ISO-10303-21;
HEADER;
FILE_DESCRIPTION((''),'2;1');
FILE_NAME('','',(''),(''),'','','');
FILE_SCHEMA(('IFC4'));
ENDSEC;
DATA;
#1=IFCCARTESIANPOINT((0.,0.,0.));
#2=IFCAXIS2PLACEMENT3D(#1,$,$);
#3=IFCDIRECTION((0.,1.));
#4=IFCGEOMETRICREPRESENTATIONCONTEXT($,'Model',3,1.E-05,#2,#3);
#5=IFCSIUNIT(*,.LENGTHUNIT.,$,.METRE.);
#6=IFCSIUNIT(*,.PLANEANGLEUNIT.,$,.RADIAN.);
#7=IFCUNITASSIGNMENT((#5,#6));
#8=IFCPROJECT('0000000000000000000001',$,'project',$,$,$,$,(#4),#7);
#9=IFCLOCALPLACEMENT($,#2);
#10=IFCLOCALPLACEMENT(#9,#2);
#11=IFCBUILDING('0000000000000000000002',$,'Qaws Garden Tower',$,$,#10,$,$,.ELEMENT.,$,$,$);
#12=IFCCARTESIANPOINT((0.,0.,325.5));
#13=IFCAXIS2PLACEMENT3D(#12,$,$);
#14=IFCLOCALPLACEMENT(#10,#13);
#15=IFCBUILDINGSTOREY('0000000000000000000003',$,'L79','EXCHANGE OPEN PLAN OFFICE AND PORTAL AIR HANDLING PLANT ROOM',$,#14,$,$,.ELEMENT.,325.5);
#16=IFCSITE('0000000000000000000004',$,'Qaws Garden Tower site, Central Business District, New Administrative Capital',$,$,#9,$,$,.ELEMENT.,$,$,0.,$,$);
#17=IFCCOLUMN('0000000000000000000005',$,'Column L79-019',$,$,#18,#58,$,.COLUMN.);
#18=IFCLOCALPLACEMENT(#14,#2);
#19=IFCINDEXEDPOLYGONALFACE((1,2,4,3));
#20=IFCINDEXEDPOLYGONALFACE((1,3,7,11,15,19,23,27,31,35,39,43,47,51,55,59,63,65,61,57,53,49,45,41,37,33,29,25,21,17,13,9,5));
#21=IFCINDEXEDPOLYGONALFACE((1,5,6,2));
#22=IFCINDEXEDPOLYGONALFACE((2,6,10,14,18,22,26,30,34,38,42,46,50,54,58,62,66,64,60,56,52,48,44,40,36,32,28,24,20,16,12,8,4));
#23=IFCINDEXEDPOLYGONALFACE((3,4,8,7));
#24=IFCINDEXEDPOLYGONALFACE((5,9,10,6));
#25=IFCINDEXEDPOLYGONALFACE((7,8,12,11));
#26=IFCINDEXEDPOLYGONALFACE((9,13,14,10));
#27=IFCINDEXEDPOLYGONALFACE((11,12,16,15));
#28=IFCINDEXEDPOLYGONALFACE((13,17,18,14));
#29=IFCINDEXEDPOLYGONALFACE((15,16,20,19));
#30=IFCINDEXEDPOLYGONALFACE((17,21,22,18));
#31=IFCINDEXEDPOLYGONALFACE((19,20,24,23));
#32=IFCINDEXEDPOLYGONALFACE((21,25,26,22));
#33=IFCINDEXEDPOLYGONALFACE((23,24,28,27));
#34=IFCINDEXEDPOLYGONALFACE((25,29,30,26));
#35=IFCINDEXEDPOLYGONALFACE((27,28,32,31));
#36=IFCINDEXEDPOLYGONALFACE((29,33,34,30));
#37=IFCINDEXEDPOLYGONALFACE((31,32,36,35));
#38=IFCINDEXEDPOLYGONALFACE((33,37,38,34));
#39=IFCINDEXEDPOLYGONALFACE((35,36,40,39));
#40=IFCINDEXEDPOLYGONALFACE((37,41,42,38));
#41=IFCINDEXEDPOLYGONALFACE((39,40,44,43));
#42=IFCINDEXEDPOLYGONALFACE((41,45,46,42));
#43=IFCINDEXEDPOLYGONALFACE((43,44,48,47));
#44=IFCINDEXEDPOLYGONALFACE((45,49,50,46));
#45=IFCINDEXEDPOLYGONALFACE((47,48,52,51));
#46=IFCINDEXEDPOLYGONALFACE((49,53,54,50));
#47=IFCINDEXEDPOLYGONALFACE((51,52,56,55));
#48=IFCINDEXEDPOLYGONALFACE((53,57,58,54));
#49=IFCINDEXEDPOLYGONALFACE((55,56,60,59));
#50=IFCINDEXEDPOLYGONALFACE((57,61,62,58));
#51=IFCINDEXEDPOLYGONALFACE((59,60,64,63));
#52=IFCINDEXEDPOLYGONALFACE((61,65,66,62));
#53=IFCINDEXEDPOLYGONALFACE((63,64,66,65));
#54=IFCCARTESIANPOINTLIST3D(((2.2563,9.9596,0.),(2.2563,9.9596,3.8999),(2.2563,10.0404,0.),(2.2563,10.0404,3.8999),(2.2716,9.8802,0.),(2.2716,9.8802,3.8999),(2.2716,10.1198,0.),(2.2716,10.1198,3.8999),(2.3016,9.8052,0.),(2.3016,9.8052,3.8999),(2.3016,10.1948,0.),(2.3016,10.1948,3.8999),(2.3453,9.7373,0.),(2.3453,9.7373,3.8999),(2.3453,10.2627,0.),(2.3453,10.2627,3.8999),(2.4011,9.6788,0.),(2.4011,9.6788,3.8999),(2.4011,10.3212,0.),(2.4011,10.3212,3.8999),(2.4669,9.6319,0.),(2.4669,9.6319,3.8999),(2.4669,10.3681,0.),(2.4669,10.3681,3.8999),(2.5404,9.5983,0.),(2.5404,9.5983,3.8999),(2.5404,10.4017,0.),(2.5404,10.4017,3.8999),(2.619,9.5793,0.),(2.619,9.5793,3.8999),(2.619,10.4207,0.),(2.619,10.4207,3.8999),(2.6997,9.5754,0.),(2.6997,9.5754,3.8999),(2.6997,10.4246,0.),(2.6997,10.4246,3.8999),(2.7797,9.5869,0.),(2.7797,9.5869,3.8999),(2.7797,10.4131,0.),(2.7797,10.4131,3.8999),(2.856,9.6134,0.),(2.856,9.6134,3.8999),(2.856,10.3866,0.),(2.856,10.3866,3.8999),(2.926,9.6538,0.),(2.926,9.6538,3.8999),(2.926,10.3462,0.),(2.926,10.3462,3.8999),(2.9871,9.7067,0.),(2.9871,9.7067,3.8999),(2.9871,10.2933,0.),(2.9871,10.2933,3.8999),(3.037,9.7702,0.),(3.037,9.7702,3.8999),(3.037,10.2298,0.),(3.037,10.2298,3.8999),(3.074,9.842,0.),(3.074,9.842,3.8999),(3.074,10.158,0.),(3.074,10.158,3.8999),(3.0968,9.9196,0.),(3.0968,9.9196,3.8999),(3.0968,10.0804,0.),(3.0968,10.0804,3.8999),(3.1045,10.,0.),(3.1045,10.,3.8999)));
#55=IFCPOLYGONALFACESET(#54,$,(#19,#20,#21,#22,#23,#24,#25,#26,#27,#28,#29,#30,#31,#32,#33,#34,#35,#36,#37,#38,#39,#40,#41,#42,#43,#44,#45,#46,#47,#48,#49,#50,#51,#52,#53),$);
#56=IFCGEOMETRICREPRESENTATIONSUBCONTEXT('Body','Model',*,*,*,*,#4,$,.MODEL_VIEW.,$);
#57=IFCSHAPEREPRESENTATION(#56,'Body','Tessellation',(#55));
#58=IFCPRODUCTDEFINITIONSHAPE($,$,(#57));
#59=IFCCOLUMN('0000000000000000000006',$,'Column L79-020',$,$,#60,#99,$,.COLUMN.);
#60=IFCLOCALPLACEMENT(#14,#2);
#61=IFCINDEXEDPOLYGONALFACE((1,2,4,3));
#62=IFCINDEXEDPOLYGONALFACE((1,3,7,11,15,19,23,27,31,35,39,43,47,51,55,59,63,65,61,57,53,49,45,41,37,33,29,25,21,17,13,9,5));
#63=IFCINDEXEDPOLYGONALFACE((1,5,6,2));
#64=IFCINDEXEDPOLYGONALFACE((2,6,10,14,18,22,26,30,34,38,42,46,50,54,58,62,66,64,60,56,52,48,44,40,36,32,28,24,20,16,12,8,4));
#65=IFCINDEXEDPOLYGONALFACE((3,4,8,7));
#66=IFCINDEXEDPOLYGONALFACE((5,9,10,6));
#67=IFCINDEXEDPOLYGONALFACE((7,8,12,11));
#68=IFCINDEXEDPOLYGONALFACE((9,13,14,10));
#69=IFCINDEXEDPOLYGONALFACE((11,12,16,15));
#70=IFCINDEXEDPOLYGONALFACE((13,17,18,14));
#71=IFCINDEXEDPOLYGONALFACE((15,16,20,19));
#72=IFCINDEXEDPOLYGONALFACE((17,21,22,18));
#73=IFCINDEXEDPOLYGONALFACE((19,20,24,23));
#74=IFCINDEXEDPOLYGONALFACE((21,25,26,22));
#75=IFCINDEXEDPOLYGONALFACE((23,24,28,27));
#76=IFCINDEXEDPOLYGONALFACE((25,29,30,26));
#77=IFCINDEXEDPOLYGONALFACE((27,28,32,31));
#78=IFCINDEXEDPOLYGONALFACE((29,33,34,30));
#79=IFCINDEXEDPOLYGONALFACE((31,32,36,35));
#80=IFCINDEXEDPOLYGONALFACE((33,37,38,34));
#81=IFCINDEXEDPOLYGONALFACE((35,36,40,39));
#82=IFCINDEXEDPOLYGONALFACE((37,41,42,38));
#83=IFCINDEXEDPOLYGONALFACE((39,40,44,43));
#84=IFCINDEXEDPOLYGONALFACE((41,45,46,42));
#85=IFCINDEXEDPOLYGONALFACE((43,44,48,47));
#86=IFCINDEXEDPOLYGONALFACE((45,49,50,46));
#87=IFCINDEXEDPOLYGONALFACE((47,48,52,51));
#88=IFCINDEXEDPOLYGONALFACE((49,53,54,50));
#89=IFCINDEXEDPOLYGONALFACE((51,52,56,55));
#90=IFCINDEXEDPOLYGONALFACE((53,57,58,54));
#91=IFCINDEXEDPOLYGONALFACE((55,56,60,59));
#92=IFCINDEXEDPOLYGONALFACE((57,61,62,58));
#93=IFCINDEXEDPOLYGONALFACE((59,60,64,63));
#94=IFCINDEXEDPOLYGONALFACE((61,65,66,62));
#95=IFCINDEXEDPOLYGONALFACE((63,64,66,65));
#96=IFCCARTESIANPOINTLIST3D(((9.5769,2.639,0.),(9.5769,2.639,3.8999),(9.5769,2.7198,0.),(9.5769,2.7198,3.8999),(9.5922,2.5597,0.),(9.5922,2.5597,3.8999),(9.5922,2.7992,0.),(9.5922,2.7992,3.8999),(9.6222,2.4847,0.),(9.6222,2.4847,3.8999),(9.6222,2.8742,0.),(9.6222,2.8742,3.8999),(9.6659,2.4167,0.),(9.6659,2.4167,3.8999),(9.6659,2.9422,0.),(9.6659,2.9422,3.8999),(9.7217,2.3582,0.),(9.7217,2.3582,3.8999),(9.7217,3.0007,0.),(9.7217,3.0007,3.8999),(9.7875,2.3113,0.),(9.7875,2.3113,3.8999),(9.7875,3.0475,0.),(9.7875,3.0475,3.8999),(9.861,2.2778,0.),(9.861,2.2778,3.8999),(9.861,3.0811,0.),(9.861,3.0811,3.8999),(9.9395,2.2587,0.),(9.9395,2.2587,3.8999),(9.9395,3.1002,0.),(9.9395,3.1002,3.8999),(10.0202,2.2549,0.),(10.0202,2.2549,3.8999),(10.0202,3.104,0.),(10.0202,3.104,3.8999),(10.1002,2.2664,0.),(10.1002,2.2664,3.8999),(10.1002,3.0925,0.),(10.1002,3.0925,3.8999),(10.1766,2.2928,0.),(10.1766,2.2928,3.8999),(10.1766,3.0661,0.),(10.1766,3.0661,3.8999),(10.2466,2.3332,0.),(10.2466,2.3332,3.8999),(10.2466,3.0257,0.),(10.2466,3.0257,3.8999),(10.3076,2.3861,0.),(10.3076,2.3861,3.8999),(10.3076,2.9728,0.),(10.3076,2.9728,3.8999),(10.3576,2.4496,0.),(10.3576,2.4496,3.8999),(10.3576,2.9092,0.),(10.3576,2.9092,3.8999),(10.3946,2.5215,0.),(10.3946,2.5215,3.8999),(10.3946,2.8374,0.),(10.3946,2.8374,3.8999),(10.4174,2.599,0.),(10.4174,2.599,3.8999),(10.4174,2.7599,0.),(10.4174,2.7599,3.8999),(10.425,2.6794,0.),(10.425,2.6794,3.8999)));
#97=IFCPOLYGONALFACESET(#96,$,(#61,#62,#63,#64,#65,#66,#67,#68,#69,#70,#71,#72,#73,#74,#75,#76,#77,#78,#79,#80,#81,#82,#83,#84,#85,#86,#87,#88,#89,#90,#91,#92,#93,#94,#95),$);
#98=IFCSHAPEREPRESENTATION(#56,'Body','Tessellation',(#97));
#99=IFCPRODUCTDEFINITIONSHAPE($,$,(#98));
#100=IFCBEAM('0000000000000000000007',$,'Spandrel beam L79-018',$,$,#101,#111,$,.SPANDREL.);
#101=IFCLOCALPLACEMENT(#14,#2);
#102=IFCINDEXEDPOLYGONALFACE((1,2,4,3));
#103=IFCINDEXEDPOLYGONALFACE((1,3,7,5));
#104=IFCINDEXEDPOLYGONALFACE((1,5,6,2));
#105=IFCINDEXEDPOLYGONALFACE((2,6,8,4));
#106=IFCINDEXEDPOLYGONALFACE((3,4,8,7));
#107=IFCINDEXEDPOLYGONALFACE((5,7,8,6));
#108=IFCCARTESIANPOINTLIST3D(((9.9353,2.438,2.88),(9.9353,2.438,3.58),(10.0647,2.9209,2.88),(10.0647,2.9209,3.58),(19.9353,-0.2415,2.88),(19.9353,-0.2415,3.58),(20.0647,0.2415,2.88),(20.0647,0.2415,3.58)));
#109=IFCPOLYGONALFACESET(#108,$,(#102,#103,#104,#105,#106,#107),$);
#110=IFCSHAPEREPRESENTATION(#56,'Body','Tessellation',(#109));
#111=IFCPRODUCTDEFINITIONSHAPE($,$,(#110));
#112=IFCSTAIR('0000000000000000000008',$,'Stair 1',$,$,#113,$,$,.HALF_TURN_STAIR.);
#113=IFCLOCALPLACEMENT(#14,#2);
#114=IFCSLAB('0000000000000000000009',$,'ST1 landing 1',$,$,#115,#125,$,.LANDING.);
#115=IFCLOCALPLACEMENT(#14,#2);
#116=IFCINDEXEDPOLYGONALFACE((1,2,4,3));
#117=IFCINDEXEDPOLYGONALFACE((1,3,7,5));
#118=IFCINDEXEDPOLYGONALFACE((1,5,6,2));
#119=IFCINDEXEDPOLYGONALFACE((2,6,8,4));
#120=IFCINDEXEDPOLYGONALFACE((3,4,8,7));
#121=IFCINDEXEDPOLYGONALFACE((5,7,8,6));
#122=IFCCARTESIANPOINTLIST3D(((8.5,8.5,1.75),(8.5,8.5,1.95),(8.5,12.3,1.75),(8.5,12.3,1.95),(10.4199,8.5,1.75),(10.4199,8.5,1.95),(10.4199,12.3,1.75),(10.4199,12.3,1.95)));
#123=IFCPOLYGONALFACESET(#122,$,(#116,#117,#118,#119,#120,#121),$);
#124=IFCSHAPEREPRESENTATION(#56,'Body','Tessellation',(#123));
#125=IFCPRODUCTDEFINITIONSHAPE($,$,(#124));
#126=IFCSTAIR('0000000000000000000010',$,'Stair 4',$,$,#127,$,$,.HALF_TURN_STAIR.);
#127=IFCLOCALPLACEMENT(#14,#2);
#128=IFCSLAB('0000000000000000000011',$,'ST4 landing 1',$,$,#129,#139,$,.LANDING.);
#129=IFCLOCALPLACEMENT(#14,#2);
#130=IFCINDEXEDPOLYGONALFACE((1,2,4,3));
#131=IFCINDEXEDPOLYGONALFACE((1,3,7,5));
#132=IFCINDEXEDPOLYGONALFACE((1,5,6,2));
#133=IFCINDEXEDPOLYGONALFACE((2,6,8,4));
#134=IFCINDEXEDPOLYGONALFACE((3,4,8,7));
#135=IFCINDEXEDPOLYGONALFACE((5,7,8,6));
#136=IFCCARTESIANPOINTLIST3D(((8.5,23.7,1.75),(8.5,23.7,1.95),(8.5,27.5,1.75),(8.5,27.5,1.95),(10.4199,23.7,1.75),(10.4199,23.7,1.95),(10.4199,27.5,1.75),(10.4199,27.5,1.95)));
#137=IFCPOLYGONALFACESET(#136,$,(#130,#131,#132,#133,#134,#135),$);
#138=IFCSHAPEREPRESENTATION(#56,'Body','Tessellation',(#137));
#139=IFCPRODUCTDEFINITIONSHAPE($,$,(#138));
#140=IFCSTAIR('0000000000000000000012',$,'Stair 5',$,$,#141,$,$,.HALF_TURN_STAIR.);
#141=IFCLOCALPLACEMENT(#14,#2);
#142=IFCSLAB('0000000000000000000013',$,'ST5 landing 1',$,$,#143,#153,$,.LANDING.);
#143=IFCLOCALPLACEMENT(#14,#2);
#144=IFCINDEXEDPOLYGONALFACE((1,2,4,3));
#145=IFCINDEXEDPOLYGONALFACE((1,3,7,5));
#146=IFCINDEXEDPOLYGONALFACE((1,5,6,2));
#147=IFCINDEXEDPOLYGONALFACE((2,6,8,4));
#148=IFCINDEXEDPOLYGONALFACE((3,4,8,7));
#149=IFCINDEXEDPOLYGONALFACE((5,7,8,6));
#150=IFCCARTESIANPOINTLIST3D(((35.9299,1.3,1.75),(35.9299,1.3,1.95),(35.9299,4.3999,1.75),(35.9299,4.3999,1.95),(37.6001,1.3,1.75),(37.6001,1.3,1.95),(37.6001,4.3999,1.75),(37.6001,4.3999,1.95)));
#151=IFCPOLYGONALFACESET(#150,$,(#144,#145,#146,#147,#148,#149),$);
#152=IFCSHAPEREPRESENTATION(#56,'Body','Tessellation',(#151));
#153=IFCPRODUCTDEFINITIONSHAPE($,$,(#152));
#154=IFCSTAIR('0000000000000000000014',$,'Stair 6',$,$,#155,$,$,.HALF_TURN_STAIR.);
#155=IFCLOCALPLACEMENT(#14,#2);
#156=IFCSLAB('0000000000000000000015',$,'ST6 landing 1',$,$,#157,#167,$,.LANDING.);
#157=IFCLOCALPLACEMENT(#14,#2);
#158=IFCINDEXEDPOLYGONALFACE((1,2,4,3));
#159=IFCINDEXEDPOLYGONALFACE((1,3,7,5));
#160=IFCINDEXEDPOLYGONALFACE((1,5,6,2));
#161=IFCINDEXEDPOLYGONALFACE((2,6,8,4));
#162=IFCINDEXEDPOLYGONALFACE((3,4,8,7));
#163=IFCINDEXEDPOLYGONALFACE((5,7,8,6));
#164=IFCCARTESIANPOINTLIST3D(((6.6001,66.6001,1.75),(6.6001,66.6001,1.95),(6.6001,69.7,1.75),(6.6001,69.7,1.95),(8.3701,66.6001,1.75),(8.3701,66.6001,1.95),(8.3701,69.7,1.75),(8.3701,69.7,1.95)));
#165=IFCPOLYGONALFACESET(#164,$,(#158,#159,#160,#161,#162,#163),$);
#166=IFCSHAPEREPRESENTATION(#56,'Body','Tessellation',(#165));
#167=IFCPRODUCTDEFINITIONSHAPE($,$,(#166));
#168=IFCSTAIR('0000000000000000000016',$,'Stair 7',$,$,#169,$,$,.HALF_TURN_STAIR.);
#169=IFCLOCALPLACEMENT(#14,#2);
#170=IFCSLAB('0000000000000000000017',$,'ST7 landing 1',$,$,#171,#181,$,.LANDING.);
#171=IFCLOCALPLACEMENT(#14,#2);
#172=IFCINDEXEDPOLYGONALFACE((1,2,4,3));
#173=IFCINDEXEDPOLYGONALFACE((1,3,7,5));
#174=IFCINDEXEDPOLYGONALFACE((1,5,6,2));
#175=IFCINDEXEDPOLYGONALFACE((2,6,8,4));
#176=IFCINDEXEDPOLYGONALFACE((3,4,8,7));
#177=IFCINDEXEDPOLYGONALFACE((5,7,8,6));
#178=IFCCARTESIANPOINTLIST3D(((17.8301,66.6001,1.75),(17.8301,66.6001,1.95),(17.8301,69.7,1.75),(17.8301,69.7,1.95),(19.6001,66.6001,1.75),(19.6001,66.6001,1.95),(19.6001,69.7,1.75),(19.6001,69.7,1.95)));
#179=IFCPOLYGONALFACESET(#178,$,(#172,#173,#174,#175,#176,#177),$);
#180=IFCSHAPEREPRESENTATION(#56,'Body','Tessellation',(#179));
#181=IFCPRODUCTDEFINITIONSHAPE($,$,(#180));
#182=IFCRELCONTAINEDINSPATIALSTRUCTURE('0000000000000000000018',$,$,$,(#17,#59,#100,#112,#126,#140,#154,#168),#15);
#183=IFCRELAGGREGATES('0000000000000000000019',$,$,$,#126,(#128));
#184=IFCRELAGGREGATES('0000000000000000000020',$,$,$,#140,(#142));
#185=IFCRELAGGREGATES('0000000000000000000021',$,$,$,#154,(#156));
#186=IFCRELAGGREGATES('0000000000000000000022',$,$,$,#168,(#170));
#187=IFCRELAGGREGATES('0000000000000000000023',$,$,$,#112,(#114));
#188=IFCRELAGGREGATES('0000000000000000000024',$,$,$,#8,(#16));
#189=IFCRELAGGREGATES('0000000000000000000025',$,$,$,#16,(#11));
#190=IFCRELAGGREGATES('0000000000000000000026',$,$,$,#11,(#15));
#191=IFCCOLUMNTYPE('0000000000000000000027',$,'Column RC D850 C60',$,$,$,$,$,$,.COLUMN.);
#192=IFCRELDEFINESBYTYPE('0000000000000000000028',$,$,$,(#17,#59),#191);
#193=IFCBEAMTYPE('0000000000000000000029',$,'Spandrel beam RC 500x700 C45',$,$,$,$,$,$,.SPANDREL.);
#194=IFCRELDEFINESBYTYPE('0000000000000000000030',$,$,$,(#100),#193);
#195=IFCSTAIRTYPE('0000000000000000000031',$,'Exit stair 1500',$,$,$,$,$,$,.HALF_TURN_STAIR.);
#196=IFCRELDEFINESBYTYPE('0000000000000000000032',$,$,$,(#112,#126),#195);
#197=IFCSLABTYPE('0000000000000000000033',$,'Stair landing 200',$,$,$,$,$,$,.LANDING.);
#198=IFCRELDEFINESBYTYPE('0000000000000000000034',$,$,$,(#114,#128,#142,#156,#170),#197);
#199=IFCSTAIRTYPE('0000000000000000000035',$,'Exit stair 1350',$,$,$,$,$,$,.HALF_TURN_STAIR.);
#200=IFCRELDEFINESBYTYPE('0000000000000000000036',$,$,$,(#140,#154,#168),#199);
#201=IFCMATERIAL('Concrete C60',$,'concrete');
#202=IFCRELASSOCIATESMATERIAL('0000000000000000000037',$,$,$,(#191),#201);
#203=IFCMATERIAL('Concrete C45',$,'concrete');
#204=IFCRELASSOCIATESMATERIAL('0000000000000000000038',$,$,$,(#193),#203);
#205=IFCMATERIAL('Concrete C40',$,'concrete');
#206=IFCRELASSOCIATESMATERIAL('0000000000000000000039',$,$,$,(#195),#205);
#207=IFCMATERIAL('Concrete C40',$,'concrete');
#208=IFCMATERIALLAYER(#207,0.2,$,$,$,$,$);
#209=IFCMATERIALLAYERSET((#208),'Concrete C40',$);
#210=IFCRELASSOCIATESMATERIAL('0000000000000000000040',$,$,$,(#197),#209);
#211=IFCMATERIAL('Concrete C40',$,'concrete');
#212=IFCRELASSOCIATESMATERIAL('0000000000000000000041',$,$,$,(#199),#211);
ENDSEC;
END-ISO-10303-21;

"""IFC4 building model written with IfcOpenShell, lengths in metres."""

from ifc_helpers import new_model, si_unit, direction, frame, origin, origin_2d, place, context, subcontext, project, spatial, polyline, rectangle, circle, outline, extrude, material, layer, layer_set, material_profile, profile_set, type_object, element, aggregate, save


model = new_model("IFC4")

# Units and contexts
model_context = context("Model", 3, precision=1e-05, world=origin(), true_north=direction((0.0, 1.0)))
body_context = subcontext(model_context, "Body", "Model", "MODEL_VIEW")
ifc_project = project(units=[si_unit("LENGTHUNIT", "METRE"), si_unit("PLANEANGLEUNIT", "RADIAN")], contexts=[model_context])

# Site, building, storey
site_placement = place(None, origin())
site = spatial("IfcSite", under=ifc_project, at=site_placement, Name="Qaws Garden Tower site, Central Business District, New Administrative Capital", CompositionType="ELEMENT", RefElevation=0.0)
building_placement = place(site_placement, origin())
building = spatial("IfcBuilding", under=site, at=building_placement, Name="Qaws Garden Tower", CompositionType="ELEMENT")
storey_placement = place(building_placement, frame((0.0, 0.0, 325.5)))
storey = spatial("IfcBuildingStorey", under=building, at=storey_placement, Name="L79", Description="EXCHANGE OPEN PLAN OFFICE AND PORTAL AIR HANDLING PLANT ROOM", CompositionType="ELEMENT", Elevation=325.5)

# Columns
ifc_material_1 = material(Name="Concrete C60", Category="concrete")
ifc_material_profile_1 = material_profile(ifc_material_1, circle(Radius=0.425, at=origin_2d()), Name="RC D850")
ifc_profile_set_1 = profile_set([ifc_material_profile_1], Name="Concrete C60")
column_type = type_object("IfcColumnType", Name="Column RC D850 C60", PredefinedType="COLUMN", material=ifc_profile_set_1)
for number, where, z_axis, x_axis, name in (
    (1, (2.6794, 10.0, 0.0), (0.0, 0.0, 1.0), (1.0, 0.0, 0.0), "Column L79-019"),
    (2, (10.0, 2.6794, 0.0), (0.0, 0.0, 1.0), (1.0, 0.0, 0.0), "Column L79-020"),
):
    element("IfcColumn", number, at=place(storey_placement, frame(where, z_axis=z_axis, x_axis=x_axis)), inside=storey, type_object=column_type, Name=name, PredefinedType="COLUMN", context=body_context, shape_type="SweptSolid", body=[
        extrude(circle(Radius=0.425, at=origin_2d()), origin(), (0.0, 0.0, 1.0), 3.8999),
    ])

# Beam
ifc_material_2 = material(Name="Concrete C45", Category="concrete")
ifc_material_profile_2 = material_profile(ifc_material_2, rectangle(XDim=0.5, YDim=0.7, at=origin_2d()), Name="RC 500x700")
ifc_profile_set_2 = profile_set([ifc_material_profile_2], Name="Concrete C45")
beam_type = type_object("IfcBeamType", Name="Spandrel beam RC 500x700 C45", PredefinedType="SPANDREL", material=ifc_profile_set_2)
beam_placement = place(storey_placement, frame((10.0, 2.6794, 3.23), z_axis=(0.965927, -0.258815, 0.0), x_axis=(0.258815, 0.965927, 0.0)))
element("IfcBeam", 3, at=beam_placement, inside=storey, type_object=beam_type, Name="Spandrel beam L79-018", PredefinedType="SPANDREL", context=body_context, shape_type="SweptSolid", body=[
    extrude(rectangle(XDim=0.5, YDim=0.7, at=origin_2d()), origin(), (0.0, 0.0, 1.0), 10.3528),
])

# Stairs, slabs
ifc_material_3 = material(Name="Concrete C40", Category="concrete")
stair_type_1 = type_object("IfcStairType", Name="Exit stair 1500", PredefinedType="HALF_TURN_STAIR", material=ifc_material_3)
placement_1 = place(storey_placement, origin())
stair_1 = element("IfcStair", 4, at=placement_1, inside=storey, type_object=stair_type_1, Name="Stair 1", PredefinedType="HALF_TURN_STAIR")
ifc_material_4 = material(Name="Concrete C40", Category="concrete")
ifc_layer_1 = layer(ifc_material_4, 0.2)
ifc_layer_set_1 = layer_set([ifc_layer_1], Name="Concrete C40")
slab_type = type_object("IfcSlabType", Name="Stair landing 200", PredefinedType="LANDING", material=ifc_layer_set_1)
placement_2 = place(storey_placement, frame((0.0, 0.0, 1.75)))
slab_1 = element("IfcSlab", 5, at=placement_2, type_object=slab_type, Name="ST1 landing 1", PredefinedType="LANDING", context=body_context, shape_type="SweptSolid", body=[
    extrude(outline(polyline([(8.5, 8.5), (10.4199, 8.5), (10.4199, 12.3), (8.5, 12.3), (8.5, 8.5)])), origin(), (0.0, 0.0, 1.0), 0.2),
])
stair_2 = element("IfcStair", 6, at=placement_1, inside=storey, type_object=stair_type_1, Name="Stair 4", PredefinedType="HALF_TURN_STAIR")
slab_2 = element("IfcSlab", 7, at=placement_2, type_object=slab_type, Name="ST4 landing 1", PredefinedType="LANDING", context=body_context, shape_type="SweptSolid", body=[
    extrude(outline(polyline([(8.5, 23.7), (10.4199, 23.7), (10.4199, 27.5), (8.5, 27.5), (8.5, 23.7)])), origin(), (0.0, 0.0, 1.0), 0.2),
])
aggregate(stair_2, [slab_2])
ifc_material_5 = material(Name="Concrete C40", Category="concrete")
stair_type_2 = type_object("IfcStairType", Name="Exit stair 1350", PredefinedType="HALF_TURN_STAIR", material=ifc_material_5)
stair_3 = element("IfcStair", 8, at=placement_1, inside=storey, type_object=stair_type_2, Name="Stair 5", PredefinedType="HALF_TURN_STAIR")
slab_3 = element("IfcSlab", 9, at=placement_2, type_object=slab_type, Name="ST5 landing 1", PredefinedType="LANDING", context=body_context, shape_type="SweptSolid", body=[
    extrude(outline(polyline([(35.9299, 1.3), (37.6001, 1.3), (37.6001, 4.3999), (35.9299, 4.3999), (35.9299, 1.3)])), origin(), (0.0, 0.0, 1.0), 0.2),
])
aggregate(stair_3, [slab_3])
stair_4 = element("IfcStair", 10, at=placement_1, inside=storey, type_object=stair_type_2, Name="Stair 6", PredefinedType="HALF_TURN_STAIR")
slab_4 = element("IfcSlab", 11, at=placement_2, type_object=slab_type, Name="ST6 landing 1", PredefinedType="LANDING", context=body_context, shape_type="SweptSolid", body=[
    extrude(outline(polyline([(6.6001, 66.6001), (8.3701, 66.6001), (8.3701, 69.7), (6.6001, 69.7), (6.6001, 66.6001)])), origin(), (0.0, 0.0, 1.0), 0.2),
])
aggregate(stair_4, [slab_4])
stair_5 = element("IfcStair", 12, at=placement_1, inside=storey, type_object=stair_type_2, Name="Stair 7", PredefinedType="HALF_TURN_STAIR")
slab_5 = element("IfcSlab", 13, at=placement_2, type_object=slab_type, Name="ST7 landing 1", PredefinedType="LANDING", context=body_context, shape_type="SweptSolid", body=[
    extrude(outline(polyline([(17.8301, 66.6001), (19.6001, 66.6001), (19.6001, 69.7), (17.8301, 69.7), (17.8301, 66.6001)])), origin(), (0.0, 0.0, 1.0), 0.2),
])
aggregate(stair_5, [slab_5])

aggregate(stair_1, [slab_1])

save(model, "model.ifc")
